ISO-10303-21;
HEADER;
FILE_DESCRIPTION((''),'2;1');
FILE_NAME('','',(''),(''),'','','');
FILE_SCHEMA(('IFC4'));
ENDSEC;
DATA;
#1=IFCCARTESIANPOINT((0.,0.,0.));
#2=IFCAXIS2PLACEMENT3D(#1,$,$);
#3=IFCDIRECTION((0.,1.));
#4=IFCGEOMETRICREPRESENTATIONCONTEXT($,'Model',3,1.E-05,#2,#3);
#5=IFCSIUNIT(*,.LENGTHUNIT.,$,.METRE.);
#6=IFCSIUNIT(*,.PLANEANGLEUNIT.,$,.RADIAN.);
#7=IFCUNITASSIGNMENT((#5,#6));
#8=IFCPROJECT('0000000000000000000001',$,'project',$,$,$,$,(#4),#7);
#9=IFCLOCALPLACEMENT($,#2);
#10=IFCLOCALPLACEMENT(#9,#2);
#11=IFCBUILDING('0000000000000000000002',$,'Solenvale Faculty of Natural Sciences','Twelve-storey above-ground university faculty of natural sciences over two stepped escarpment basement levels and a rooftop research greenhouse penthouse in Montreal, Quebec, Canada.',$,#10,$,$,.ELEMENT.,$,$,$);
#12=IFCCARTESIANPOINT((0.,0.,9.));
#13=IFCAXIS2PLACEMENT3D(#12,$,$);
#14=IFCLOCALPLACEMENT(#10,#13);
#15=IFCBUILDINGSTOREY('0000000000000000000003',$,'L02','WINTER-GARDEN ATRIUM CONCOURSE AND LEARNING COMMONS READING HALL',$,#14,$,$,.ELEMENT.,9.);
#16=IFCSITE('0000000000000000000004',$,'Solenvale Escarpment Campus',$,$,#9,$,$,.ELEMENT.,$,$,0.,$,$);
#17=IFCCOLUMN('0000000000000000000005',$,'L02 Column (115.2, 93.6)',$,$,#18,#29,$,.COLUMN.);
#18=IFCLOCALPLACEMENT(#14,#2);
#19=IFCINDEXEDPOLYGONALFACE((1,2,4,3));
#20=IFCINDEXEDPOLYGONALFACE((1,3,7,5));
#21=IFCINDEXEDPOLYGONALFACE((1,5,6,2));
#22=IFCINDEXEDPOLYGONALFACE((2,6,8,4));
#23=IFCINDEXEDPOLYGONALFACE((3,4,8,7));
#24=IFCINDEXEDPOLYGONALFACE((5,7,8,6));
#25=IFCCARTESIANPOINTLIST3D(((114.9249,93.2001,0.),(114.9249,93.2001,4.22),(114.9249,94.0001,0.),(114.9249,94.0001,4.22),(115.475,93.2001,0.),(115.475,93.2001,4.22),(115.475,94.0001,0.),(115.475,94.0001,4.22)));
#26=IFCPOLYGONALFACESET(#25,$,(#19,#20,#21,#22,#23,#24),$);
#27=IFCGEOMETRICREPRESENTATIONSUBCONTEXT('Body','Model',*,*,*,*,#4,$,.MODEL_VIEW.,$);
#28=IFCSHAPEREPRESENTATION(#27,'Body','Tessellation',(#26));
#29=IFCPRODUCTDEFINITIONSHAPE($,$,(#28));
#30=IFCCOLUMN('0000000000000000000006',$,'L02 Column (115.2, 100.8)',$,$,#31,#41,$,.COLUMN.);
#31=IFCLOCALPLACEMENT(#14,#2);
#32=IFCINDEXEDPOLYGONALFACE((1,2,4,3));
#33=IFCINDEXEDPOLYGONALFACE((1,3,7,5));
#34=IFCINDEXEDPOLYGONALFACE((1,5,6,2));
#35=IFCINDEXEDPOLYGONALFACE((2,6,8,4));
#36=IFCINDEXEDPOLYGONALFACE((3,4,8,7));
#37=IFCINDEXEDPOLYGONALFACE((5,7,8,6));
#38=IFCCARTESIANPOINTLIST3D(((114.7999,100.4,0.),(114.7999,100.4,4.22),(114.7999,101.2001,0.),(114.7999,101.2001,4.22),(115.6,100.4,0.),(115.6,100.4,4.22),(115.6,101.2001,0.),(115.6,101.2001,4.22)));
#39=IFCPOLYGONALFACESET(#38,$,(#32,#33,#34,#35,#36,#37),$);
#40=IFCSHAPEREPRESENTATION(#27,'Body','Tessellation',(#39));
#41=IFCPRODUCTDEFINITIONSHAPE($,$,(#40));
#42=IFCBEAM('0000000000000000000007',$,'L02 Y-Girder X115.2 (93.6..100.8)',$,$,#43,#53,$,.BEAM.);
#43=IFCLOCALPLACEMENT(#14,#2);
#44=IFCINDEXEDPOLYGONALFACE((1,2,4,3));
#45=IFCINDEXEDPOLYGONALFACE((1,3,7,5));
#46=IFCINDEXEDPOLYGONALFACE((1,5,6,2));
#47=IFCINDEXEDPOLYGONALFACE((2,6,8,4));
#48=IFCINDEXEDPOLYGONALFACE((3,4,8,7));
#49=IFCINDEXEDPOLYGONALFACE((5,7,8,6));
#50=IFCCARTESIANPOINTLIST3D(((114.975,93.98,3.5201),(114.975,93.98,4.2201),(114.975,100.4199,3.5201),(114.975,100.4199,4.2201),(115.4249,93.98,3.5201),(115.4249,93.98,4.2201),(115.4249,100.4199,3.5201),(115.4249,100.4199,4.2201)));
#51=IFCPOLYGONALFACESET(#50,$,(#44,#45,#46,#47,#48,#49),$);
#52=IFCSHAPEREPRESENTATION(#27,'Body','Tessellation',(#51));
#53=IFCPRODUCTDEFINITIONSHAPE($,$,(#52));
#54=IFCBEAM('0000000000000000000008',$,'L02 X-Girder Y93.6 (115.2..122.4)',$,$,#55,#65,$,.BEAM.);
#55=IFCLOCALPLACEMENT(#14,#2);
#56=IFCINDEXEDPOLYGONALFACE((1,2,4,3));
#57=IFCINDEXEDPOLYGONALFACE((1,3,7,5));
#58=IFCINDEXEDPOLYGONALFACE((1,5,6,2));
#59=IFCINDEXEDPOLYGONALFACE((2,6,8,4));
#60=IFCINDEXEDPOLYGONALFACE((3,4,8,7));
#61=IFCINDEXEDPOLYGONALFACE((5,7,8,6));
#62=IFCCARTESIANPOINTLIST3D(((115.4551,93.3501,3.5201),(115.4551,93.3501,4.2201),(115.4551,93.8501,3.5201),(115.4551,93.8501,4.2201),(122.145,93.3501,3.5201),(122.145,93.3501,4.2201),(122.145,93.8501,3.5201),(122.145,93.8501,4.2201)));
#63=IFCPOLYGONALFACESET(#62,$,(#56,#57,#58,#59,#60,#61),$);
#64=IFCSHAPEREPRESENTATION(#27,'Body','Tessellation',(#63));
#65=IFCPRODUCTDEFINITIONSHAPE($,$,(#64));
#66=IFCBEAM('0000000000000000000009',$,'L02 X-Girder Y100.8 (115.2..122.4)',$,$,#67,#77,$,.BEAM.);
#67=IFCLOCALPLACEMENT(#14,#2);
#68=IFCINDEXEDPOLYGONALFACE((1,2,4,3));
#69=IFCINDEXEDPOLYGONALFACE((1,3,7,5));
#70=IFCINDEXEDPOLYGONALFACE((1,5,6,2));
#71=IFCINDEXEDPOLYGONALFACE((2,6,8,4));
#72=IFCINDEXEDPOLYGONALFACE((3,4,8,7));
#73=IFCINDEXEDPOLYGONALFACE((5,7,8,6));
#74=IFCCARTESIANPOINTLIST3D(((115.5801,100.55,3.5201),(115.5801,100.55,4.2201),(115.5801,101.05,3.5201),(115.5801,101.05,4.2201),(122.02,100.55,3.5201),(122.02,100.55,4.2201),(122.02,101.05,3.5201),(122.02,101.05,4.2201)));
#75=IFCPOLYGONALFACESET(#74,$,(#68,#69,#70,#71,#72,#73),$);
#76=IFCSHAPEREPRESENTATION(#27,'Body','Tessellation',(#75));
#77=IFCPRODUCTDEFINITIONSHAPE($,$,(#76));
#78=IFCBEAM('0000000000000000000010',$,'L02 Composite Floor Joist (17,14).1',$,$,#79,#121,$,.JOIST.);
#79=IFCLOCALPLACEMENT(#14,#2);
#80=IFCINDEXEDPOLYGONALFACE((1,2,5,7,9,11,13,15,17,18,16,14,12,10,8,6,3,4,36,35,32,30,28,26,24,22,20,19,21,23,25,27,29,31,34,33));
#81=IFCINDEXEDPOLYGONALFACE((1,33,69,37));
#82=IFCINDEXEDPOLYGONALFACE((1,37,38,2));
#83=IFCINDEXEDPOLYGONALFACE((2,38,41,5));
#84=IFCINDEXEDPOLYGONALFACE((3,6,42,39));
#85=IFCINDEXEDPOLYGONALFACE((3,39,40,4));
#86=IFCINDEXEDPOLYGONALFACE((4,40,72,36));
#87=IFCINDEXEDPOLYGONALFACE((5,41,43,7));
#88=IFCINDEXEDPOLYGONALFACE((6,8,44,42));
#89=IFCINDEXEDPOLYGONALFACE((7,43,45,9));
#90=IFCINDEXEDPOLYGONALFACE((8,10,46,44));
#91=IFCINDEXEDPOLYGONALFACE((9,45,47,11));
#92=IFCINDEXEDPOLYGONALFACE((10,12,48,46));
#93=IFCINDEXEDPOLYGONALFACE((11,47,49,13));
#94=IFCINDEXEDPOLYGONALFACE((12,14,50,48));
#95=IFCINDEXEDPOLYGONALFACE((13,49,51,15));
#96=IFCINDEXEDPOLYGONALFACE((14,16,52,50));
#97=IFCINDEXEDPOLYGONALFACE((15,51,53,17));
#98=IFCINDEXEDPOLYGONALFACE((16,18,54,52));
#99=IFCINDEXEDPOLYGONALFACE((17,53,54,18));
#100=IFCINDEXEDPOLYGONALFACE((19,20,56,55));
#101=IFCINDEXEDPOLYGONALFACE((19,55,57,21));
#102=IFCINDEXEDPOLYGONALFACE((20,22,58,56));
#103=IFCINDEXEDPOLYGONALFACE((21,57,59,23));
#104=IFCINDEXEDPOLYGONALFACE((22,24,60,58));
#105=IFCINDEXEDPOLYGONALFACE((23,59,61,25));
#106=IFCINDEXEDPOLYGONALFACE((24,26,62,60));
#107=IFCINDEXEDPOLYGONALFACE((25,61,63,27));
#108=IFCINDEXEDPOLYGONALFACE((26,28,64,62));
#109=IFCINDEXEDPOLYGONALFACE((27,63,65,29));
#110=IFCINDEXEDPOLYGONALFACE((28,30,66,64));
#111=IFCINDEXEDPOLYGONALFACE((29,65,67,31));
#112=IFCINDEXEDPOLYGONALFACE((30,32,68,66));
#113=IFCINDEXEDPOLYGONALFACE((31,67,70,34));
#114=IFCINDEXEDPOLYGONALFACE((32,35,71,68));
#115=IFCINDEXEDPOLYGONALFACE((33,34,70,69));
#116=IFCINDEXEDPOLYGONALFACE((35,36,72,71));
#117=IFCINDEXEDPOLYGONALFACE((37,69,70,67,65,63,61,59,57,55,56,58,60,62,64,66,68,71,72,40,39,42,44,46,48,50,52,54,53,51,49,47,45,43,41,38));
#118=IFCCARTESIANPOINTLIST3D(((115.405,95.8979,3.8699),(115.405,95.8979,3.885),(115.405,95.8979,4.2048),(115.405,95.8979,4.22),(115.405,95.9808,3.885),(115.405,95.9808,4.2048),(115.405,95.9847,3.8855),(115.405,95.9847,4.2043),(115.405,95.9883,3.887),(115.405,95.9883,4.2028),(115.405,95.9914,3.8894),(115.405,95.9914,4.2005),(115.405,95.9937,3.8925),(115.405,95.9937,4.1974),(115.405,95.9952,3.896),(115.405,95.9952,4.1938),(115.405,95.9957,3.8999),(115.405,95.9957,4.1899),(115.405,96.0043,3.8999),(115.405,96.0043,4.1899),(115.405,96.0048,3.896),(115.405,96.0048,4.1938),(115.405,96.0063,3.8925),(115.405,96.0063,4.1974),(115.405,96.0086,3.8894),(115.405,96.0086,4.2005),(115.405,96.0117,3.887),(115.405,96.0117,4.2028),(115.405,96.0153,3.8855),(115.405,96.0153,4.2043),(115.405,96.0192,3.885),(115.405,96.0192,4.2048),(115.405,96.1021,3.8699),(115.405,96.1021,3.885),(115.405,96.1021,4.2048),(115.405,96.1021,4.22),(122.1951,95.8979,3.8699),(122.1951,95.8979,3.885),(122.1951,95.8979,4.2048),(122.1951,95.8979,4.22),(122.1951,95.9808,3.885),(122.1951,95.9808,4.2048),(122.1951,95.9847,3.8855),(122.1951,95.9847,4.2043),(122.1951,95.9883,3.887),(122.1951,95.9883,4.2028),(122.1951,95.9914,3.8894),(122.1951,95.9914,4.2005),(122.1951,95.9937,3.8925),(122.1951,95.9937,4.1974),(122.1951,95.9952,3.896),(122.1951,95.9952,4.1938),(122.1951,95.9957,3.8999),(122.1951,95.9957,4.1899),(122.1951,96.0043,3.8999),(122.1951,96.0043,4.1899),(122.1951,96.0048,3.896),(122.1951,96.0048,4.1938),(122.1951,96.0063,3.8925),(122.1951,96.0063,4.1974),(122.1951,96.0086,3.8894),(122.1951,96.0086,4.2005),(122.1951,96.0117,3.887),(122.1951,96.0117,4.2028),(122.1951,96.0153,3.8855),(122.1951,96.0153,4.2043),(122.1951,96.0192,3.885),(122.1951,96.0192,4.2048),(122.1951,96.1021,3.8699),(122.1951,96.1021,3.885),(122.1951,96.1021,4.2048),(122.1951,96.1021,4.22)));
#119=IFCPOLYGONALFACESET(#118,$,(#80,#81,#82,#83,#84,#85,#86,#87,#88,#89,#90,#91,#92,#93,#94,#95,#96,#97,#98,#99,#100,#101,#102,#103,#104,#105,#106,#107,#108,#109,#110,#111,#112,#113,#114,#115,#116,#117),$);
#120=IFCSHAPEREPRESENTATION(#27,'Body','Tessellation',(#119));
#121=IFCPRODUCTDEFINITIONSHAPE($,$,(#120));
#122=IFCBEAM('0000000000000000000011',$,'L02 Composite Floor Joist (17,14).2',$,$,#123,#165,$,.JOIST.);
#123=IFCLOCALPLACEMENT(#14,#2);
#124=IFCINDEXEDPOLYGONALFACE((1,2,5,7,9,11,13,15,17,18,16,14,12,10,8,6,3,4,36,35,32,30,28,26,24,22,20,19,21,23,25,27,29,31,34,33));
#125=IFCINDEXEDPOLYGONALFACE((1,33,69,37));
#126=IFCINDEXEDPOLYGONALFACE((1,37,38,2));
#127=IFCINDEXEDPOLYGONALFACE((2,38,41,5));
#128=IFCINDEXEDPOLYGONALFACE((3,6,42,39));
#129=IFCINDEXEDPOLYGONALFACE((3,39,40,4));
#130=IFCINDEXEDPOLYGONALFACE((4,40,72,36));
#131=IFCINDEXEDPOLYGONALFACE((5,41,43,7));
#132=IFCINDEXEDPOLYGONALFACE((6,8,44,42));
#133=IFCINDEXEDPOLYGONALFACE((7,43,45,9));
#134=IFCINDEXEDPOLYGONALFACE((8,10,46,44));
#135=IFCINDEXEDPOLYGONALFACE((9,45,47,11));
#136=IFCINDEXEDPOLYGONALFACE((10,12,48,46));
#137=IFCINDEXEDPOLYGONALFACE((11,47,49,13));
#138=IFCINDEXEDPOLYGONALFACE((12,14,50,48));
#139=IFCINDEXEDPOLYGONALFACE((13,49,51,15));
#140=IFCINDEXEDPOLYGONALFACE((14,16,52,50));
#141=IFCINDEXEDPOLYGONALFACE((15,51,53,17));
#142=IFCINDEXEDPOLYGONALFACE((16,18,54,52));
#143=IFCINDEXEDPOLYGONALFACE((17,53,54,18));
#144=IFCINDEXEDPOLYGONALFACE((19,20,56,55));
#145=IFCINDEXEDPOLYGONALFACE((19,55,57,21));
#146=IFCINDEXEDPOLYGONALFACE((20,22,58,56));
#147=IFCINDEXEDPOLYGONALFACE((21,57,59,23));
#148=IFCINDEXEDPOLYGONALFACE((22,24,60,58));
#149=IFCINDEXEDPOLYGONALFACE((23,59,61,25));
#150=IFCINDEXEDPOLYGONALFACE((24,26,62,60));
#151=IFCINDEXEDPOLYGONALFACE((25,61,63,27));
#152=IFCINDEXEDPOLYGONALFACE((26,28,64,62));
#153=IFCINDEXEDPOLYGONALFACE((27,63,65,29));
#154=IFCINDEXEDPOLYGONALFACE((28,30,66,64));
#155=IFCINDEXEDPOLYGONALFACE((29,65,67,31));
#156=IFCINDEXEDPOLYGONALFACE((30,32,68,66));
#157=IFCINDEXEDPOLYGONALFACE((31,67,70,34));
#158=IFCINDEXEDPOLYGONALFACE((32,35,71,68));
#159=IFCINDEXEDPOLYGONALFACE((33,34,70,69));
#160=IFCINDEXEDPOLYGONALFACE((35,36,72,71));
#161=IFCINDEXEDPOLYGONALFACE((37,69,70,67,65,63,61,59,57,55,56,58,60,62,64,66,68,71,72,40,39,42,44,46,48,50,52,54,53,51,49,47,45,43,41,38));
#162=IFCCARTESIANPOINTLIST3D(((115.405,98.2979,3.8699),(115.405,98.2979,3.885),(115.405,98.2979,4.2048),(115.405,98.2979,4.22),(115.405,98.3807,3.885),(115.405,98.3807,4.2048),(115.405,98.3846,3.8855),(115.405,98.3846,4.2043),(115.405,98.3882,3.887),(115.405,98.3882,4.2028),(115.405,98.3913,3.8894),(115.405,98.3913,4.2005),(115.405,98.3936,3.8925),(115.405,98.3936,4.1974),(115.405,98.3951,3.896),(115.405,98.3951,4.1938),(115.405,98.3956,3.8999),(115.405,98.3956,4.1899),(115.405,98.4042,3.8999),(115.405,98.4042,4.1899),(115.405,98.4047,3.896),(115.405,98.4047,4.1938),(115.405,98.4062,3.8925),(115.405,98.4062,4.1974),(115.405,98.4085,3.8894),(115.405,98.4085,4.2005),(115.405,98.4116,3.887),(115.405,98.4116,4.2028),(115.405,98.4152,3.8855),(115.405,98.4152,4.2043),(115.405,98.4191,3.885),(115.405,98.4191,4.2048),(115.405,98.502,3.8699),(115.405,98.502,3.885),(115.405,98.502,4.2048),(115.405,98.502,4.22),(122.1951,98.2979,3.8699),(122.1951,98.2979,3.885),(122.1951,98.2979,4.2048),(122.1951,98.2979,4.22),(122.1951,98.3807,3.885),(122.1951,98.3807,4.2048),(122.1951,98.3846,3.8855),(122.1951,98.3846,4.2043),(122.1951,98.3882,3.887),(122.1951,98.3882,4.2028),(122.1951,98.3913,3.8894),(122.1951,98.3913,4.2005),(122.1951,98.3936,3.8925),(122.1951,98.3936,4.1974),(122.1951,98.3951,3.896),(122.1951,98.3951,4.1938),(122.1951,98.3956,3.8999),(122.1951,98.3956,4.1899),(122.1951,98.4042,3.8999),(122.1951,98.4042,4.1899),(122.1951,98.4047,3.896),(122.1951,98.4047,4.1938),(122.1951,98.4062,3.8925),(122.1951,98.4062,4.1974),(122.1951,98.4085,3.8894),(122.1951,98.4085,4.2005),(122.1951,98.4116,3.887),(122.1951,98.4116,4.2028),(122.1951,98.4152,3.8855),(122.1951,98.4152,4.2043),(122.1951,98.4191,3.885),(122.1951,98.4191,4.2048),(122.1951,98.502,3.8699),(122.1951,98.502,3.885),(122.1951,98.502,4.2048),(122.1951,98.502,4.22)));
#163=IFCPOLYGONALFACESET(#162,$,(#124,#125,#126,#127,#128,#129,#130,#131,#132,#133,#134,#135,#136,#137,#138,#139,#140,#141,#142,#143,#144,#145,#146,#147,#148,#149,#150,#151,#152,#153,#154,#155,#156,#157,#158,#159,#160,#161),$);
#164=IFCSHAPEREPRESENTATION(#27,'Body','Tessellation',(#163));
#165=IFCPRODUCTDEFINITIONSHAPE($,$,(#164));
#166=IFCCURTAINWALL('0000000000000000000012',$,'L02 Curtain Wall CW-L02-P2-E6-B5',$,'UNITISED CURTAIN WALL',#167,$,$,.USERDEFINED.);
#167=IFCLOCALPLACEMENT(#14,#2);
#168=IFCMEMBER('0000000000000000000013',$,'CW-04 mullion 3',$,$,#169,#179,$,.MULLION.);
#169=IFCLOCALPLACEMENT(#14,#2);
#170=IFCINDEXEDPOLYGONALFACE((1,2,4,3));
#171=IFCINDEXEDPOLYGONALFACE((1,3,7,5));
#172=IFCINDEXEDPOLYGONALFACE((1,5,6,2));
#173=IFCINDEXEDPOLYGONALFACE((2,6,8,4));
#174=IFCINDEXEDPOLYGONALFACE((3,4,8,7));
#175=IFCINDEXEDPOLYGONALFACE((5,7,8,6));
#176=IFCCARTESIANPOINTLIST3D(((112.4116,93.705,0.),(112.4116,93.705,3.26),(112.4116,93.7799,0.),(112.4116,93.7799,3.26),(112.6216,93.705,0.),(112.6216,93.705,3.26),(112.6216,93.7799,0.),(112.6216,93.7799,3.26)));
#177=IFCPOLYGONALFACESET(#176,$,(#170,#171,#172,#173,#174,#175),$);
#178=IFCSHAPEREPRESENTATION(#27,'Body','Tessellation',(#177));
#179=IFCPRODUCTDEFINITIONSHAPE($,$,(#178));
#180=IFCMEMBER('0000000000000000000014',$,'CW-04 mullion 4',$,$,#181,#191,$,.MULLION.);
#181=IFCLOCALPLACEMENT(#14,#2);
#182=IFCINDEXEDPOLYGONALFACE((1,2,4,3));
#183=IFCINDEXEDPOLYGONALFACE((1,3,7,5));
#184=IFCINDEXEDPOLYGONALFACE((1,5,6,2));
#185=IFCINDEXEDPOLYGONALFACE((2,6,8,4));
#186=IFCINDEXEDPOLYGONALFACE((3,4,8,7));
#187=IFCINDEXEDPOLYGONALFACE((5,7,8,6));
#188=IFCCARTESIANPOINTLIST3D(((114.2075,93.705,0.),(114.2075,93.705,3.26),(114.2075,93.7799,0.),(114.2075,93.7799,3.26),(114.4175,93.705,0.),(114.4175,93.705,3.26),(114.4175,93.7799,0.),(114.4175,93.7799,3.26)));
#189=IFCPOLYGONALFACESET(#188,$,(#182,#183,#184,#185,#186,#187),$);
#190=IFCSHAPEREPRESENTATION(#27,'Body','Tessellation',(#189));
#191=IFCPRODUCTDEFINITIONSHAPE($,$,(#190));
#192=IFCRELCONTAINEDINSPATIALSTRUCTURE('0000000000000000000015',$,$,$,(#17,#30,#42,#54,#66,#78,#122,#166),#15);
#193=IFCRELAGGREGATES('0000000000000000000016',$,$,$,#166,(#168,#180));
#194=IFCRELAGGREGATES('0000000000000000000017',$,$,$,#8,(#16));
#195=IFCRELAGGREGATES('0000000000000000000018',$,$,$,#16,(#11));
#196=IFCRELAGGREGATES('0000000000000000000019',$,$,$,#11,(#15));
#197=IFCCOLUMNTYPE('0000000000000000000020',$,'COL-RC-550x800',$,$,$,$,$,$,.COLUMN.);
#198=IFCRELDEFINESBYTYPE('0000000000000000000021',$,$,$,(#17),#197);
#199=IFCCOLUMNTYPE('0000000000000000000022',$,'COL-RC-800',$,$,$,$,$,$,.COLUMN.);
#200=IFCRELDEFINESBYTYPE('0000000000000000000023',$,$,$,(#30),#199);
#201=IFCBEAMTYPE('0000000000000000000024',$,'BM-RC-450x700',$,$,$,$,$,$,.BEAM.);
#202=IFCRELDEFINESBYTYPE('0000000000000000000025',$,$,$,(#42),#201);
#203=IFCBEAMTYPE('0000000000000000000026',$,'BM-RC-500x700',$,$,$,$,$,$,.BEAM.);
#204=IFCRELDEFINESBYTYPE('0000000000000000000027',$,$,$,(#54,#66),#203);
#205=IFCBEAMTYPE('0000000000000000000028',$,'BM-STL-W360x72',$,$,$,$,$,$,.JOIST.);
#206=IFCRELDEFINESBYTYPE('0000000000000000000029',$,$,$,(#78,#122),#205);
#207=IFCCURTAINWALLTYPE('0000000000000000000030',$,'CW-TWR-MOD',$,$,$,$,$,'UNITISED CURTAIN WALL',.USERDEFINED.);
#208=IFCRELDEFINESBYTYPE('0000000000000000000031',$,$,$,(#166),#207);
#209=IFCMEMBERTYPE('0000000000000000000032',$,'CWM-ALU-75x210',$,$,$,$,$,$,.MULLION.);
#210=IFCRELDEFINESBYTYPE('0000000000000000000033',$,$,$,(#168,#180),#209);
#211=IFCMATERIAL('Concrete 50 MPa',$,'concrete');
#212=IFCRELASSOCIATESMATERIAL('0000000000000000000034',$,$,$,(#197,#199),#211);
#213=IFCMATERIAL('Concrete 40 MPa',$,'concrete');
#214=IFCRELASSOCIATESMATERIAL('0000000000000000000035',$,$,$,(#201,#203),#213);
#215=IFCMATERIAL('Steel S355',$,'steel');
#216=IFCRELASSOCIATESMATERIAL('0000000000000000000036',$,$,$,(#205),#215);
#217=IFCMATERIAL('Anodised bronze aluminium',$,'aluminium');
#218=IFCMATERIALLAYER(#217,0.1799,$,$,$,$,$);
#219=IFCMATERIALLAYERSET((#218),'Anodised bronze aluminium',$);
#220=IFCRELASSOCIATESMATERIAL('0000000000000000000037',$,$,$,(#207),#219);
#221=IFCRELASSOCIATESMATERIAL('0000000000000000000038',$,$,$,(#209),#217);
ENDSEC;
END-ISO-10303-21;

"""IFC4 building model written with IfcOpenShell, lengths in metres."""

from ifc_helpers import new_model, si_unit, direction, frame, origin, origin_2d, place, context, subcontext, project, spatial, rectangle, i_section, extrude, material, layer, layer_set, material_profile, profile_set, type_object, element, aggregate, save


model = new_model("IFC4")

# Units and contexts
model_context = context("Model", 3, precision=1e-05, world=origin(), true_north=direction((0.0, 1.0)))
body_context = subcontext(model_context, "Body", "Model", "MODEL_VIEW")
ifc_project = project(units=[si_unit("LENGTHUNIT", "METRE"), si_unit("PLANEANGLEUNIT", "RADIAN")], contexts=[model_context])

# Site, building, storey
site_placement = place(None, origin())
site = spatial("IfcSite", under=ifc_project, at=site_placement, Name="Solenvale Escarpment Campus", CompositionType="ELEMENT", RefElevation=0.0)
building_placement = place(site_placement, origin())
building = spatial("IfcBuilding", under=site, at=building_placement, Name="Solenvale Faculty of Natural Sciences", Description="Twelve-storey above-ground university faculty of natural sciences over two stepped escarpment basement levels and a rooftop research greenhouse penthouse in Montreal, Quebec, Canada.", CompositionType="ELEMENT")
storey_placement = place(building_placement, frame((0.0, 0.0, 9.0)))
storey = spatial("IfcBuildingStorey", under=building, at=storey_placement, Name="L02", Description="WINTER-GARDEN ATRIUM CONCOURSE AND LEARNING COMMONS READING HALL", CompositionType="ELEMENT", Elevation=9.0)

# Columns
ifc_material_1 = material(Name="Concrete 50 MPa", Category="concrete")
ifc_material_profile_1 = material_profile(ifc_material_1, rectangle(XDim=0.55, YDim=0.8, at=origin_2d()), Name="RC-COL-550x800")
ifc_profile_set_1 = profile_set([ifc_material_profile_1], Name="Concrete 50 MPa")
column_type_1 = type_object("IfcColumnType", Name="COL-RC-550x800", PredefinedType="COLUMN", material=ifc_profile_set_1)
column_1_placement = place(storey_placement, frame((115.2, 93.6001, 0.0), z_axis=(0.0, 0.0, 1.0), x_axis=(1.0, 0.0, 0.0)))
element("IfcColumn", 1, at=column_1_placement, inside=storey, type_object=column_type_1, Name="L02 Column (115.2, 93.6)", PredefinedType="COLUMN", context=body_context, shape_type="SweptSolid", body=[
    extrude(rectangle(XDim=0.55, YDim=0.8, at=origin_2d()), origin(), (0.0, 0.0, 1.0), 4.22),
])
ifc_material_profile_2 = material_profile(ifc_material_1, rectangle(XDim=0.8, YDim=0.8, at=origin_2d()), Name="RC-COL-800x800")
ifc_profile_set_2 = profile_set([ifc_material_profile_2], Name="Concrete 50 MPa")
column_type_2 = type_object("IfcColumnType", Name="COL-RC-800", PredefinedType="COLUMN", material=ifc_profile_set_2)
column_2_placement = place(storey_placement, frame((115.2, 100.8, 0.0), z_axis=(0.0, 0.0, 1.0), x_axis=(1.0, 0.0, 0.0)))
element("IfcColumn", 2, at=column_2_placement, inside=storey, type_object=column_type_2, Name="L02 Column (115.2, 100.8)", PredefinedType="COLUMN", context=body_context, shape_type="SweptSolid", body=[
    extrude(rectangle(XDim=0.8, YDim=0.8, at=origin_2d()), origin(), (0.0, 0.0, 1.0), 4.22),
])

# Beams
ifc_material_2 = material(Name="Concrete 40 MPa", Category="concrete")
ifc_material_profile_3 = material_profile(ifc_material_2, rectangle(XDim=0.45, YDim=0.7, at=origin_2d()), Name="RC-BM-450x700")
ifc_profile_set_3 = profile_set([ifc_material_profile_3], Name="Concrete 40 MPa")
beam_type_1 = type_object("IfcBeamType", Name="BM-RC-450x700", PredefinedType="BEAM", material=ifc_profile_set_3)
beam_1_placement = place(storey_placement, frame((115.2, 93.98, 3.8701), z_axis=(0.0, 1.0, 0.0), x_axis=(-1.0, 0.0, 0.0)))
element("IfcBeam", 3, at=beam_1_placement, inside=storey, type_object=beam_type_1, Name="L02 Y-Girder X115.2 (93.6..100.8)", PredefinedType="BEAM", context=body_context, shape_type="SweptSolid", body=[
    extrude(rectangle(XDim=0.45, YDim=0.7, at=origin_2d()), origin(), (0.0, 0.0, 1.0), 6.4399),
])
ifc_material_profile_4 = material_profile(ifc_material_2, rectangle(XDim=0.5, YDim=0.7, at=origin_2d()), Name="RC-BM-500x700")
ifc_profile_set_4 = profile_set([ifc_material_profile_4], Name="Concrete 40 MPa")
beam_type_2 = type_object("IfcBeamType", Name="BM-RC-500x700", PredefinedType="BEAM", material=ifc_profile_set_4)
beam_2_placement = place(storey_placement, frame((115.4551, 93.6001, 3.8701), z_axis=(1.0, 0.0, 0.0), x_axis=(0.0, 1.0, 0.0)))
element("IfcBeam", 4, at=beam_2_placement, inside=storey, type_object=beam_type_2, Name="L02 X-Girder Y93.6 (115.2..122.4)", PredefinedType="BEAM", context=body_context, shape_type="SweptSolid", body=[
    extrude(rectangle(XDim=0.5, YDim=0.7, at=origin_2d()), origin(), (0.0, 0.0, 1.0), 6.6899),
])
beam_3_placement = place(storey_placement, frame((115.5801, 100.8, 3.8701), z_axis=(1.0, 0.0, 0.0), x_axis=(0.0, 1.0, 0.0)))
element("IfcBeam", 5, at=beam_3_placement, inside=storey, type_object=beam_type_2, Name="L02 X-Girder Y100.8 (115.2..122.4)", PredefinedType="BEAM", context=body_context, shape_type="SweptSolid", body=[
    extrude(rectangle(XDim=0.5, YDim=0.7, at=origin_2d()), origin(), (0.0, 0.0, 1.0), 6.4399),
])
ifc_material_3 = material(Name="Steel S355", Category="steel")
ifc_material_profile_5 = material_profile(ifc_material_3, i_section(OverallWidth=0.2041, OverallDepth=0.3501, WebThickness=0.0085, FlangeThickness=0.0151, FilletRadius=0.0149, at=origin_2d()), Name="W360x72")
ifc_profile_set_5 = profile_set([ifc_material_profile_5], Name="Steel S355")
beam_type_3 = type_object("IfcBeamType", Name="BM-STL-W360x72", PredefinedType="JOIST", material=ifc_profile_set_5)
for number, where, z_axis, x_axis, name in (
    (6, (115.405, 96.0, 4.0449), (1.0, 0.0, 0.0), (0.0, 1.0, 0.0), "L02 Composite Floor Joist (17,14).1"),
    (7, (115.405, 98.3999, 4.0449), (1.0, 0.0, 0.0), (0.0, 1.0, 0.0), "L02 Composite Floor Joist (17,14).2"),
):
    element("IfcBeam", number, at=place(storey_placement, frame(where, z_axis=z_axis, x_axis=x_axis)), inside=storey, type_object=beam_type_3, Name=name, PredefinedType="JOIST", context=body_context, shape_type="SweptSolid", body=[
        extrude(i_section(OverallWidth=0.2041, OverallDepth=0.3501, WebThickness=0.0085, FlangeThickness=0.0151, FilletRadius=0.0149, at=origin_2d()), origin(), (0.0, 0.0, 1.0), 6.79),
    ])

# Curtain wall, members
ifc_material_4 = material(Name="Anodised bronze aluminium", Category="aluminium")
ifc_layer_1 = layer(ifc_material_4, 0.1799)
ifc_layer_set_1 = layer_set([ifc_layer_1], Name="Anodised bronze aluminium")
curtain_wall_type = type_object("IfcCurtainWallType", Name="CW-TWR-MOD", ElementType="UNITISED CURTAIN WALL", PredefinedType="USERDEFINED", material=ifc_layer_set_1)
curtain_wall_1_placement = place(storey_placement, origin())
curtain_wall_1 = element("IfcCurtainWall", 8, at=curtain_wall_1_placement, inside=storey, type_object=curtain_wall_type, Name="L02 Curtain Wall CW-L02-P2-E6-B5", ObjectType="UNITISED CURTAIN WALL", PredefinedType="USERDEFINED")
ifc_material_profile_6 = material_profile(ifc_material_4, rectangle(XDim=0.075, YDim=0.21, at=origin_2d()), Name="ALU-MUL-75x210")
ifc_profile_set_6 = profile_set([ifc_material_profile_6], Name="Anodised bronze aluminium")
member_type_1 = type_object("IfcMemberType", Name="CWM-ALU-75x210", PredefinedType="MULLION", material=ifc_profile_set_6)
member_1_placement = place(storey_placement, frame((112.5166, 93.7424, 0.0), z_axis=(0.0, 0.0, 1.0), x_axis=(0.0, 1.0, 0.0)))
member_1 = element("IfcMember", 9, at=member_1_placement, type_object=member_type_1, Name="CW-04 mullion 3", PredefinedType="MULLION", context=body_context, shape_type="SweptSolid", body=[
    extrude(rectangle(XDim=0.075, YDim=0.21, at=origin_2d()), origin(), (0.0, 0.0, 1.0), 3.26),
])
member_2_placement = place(storey_placement, frame((114.3125, 93.7424, 0.0), z_axis=(0.0, 0.0, 1.0), x_axis=(0.0, 1.0, 0.0)))
member_2 = element("IfcMember", 10, at=member_2_placement, type_object=member_type_1, Name="CW-04 mullion 4", PredefinedType="MULLION", context=body_context, shape_type="SweptSolid", body=[
    extrude(rectangle(XDim=0.075, YDim=0.21, at=origin_2d()), origin(), (0.0, 0.0, 1.0), 3.26),
])

aggregate(curtain_wall_1, [member_1, member_2])

save(model, "model.ifc")
